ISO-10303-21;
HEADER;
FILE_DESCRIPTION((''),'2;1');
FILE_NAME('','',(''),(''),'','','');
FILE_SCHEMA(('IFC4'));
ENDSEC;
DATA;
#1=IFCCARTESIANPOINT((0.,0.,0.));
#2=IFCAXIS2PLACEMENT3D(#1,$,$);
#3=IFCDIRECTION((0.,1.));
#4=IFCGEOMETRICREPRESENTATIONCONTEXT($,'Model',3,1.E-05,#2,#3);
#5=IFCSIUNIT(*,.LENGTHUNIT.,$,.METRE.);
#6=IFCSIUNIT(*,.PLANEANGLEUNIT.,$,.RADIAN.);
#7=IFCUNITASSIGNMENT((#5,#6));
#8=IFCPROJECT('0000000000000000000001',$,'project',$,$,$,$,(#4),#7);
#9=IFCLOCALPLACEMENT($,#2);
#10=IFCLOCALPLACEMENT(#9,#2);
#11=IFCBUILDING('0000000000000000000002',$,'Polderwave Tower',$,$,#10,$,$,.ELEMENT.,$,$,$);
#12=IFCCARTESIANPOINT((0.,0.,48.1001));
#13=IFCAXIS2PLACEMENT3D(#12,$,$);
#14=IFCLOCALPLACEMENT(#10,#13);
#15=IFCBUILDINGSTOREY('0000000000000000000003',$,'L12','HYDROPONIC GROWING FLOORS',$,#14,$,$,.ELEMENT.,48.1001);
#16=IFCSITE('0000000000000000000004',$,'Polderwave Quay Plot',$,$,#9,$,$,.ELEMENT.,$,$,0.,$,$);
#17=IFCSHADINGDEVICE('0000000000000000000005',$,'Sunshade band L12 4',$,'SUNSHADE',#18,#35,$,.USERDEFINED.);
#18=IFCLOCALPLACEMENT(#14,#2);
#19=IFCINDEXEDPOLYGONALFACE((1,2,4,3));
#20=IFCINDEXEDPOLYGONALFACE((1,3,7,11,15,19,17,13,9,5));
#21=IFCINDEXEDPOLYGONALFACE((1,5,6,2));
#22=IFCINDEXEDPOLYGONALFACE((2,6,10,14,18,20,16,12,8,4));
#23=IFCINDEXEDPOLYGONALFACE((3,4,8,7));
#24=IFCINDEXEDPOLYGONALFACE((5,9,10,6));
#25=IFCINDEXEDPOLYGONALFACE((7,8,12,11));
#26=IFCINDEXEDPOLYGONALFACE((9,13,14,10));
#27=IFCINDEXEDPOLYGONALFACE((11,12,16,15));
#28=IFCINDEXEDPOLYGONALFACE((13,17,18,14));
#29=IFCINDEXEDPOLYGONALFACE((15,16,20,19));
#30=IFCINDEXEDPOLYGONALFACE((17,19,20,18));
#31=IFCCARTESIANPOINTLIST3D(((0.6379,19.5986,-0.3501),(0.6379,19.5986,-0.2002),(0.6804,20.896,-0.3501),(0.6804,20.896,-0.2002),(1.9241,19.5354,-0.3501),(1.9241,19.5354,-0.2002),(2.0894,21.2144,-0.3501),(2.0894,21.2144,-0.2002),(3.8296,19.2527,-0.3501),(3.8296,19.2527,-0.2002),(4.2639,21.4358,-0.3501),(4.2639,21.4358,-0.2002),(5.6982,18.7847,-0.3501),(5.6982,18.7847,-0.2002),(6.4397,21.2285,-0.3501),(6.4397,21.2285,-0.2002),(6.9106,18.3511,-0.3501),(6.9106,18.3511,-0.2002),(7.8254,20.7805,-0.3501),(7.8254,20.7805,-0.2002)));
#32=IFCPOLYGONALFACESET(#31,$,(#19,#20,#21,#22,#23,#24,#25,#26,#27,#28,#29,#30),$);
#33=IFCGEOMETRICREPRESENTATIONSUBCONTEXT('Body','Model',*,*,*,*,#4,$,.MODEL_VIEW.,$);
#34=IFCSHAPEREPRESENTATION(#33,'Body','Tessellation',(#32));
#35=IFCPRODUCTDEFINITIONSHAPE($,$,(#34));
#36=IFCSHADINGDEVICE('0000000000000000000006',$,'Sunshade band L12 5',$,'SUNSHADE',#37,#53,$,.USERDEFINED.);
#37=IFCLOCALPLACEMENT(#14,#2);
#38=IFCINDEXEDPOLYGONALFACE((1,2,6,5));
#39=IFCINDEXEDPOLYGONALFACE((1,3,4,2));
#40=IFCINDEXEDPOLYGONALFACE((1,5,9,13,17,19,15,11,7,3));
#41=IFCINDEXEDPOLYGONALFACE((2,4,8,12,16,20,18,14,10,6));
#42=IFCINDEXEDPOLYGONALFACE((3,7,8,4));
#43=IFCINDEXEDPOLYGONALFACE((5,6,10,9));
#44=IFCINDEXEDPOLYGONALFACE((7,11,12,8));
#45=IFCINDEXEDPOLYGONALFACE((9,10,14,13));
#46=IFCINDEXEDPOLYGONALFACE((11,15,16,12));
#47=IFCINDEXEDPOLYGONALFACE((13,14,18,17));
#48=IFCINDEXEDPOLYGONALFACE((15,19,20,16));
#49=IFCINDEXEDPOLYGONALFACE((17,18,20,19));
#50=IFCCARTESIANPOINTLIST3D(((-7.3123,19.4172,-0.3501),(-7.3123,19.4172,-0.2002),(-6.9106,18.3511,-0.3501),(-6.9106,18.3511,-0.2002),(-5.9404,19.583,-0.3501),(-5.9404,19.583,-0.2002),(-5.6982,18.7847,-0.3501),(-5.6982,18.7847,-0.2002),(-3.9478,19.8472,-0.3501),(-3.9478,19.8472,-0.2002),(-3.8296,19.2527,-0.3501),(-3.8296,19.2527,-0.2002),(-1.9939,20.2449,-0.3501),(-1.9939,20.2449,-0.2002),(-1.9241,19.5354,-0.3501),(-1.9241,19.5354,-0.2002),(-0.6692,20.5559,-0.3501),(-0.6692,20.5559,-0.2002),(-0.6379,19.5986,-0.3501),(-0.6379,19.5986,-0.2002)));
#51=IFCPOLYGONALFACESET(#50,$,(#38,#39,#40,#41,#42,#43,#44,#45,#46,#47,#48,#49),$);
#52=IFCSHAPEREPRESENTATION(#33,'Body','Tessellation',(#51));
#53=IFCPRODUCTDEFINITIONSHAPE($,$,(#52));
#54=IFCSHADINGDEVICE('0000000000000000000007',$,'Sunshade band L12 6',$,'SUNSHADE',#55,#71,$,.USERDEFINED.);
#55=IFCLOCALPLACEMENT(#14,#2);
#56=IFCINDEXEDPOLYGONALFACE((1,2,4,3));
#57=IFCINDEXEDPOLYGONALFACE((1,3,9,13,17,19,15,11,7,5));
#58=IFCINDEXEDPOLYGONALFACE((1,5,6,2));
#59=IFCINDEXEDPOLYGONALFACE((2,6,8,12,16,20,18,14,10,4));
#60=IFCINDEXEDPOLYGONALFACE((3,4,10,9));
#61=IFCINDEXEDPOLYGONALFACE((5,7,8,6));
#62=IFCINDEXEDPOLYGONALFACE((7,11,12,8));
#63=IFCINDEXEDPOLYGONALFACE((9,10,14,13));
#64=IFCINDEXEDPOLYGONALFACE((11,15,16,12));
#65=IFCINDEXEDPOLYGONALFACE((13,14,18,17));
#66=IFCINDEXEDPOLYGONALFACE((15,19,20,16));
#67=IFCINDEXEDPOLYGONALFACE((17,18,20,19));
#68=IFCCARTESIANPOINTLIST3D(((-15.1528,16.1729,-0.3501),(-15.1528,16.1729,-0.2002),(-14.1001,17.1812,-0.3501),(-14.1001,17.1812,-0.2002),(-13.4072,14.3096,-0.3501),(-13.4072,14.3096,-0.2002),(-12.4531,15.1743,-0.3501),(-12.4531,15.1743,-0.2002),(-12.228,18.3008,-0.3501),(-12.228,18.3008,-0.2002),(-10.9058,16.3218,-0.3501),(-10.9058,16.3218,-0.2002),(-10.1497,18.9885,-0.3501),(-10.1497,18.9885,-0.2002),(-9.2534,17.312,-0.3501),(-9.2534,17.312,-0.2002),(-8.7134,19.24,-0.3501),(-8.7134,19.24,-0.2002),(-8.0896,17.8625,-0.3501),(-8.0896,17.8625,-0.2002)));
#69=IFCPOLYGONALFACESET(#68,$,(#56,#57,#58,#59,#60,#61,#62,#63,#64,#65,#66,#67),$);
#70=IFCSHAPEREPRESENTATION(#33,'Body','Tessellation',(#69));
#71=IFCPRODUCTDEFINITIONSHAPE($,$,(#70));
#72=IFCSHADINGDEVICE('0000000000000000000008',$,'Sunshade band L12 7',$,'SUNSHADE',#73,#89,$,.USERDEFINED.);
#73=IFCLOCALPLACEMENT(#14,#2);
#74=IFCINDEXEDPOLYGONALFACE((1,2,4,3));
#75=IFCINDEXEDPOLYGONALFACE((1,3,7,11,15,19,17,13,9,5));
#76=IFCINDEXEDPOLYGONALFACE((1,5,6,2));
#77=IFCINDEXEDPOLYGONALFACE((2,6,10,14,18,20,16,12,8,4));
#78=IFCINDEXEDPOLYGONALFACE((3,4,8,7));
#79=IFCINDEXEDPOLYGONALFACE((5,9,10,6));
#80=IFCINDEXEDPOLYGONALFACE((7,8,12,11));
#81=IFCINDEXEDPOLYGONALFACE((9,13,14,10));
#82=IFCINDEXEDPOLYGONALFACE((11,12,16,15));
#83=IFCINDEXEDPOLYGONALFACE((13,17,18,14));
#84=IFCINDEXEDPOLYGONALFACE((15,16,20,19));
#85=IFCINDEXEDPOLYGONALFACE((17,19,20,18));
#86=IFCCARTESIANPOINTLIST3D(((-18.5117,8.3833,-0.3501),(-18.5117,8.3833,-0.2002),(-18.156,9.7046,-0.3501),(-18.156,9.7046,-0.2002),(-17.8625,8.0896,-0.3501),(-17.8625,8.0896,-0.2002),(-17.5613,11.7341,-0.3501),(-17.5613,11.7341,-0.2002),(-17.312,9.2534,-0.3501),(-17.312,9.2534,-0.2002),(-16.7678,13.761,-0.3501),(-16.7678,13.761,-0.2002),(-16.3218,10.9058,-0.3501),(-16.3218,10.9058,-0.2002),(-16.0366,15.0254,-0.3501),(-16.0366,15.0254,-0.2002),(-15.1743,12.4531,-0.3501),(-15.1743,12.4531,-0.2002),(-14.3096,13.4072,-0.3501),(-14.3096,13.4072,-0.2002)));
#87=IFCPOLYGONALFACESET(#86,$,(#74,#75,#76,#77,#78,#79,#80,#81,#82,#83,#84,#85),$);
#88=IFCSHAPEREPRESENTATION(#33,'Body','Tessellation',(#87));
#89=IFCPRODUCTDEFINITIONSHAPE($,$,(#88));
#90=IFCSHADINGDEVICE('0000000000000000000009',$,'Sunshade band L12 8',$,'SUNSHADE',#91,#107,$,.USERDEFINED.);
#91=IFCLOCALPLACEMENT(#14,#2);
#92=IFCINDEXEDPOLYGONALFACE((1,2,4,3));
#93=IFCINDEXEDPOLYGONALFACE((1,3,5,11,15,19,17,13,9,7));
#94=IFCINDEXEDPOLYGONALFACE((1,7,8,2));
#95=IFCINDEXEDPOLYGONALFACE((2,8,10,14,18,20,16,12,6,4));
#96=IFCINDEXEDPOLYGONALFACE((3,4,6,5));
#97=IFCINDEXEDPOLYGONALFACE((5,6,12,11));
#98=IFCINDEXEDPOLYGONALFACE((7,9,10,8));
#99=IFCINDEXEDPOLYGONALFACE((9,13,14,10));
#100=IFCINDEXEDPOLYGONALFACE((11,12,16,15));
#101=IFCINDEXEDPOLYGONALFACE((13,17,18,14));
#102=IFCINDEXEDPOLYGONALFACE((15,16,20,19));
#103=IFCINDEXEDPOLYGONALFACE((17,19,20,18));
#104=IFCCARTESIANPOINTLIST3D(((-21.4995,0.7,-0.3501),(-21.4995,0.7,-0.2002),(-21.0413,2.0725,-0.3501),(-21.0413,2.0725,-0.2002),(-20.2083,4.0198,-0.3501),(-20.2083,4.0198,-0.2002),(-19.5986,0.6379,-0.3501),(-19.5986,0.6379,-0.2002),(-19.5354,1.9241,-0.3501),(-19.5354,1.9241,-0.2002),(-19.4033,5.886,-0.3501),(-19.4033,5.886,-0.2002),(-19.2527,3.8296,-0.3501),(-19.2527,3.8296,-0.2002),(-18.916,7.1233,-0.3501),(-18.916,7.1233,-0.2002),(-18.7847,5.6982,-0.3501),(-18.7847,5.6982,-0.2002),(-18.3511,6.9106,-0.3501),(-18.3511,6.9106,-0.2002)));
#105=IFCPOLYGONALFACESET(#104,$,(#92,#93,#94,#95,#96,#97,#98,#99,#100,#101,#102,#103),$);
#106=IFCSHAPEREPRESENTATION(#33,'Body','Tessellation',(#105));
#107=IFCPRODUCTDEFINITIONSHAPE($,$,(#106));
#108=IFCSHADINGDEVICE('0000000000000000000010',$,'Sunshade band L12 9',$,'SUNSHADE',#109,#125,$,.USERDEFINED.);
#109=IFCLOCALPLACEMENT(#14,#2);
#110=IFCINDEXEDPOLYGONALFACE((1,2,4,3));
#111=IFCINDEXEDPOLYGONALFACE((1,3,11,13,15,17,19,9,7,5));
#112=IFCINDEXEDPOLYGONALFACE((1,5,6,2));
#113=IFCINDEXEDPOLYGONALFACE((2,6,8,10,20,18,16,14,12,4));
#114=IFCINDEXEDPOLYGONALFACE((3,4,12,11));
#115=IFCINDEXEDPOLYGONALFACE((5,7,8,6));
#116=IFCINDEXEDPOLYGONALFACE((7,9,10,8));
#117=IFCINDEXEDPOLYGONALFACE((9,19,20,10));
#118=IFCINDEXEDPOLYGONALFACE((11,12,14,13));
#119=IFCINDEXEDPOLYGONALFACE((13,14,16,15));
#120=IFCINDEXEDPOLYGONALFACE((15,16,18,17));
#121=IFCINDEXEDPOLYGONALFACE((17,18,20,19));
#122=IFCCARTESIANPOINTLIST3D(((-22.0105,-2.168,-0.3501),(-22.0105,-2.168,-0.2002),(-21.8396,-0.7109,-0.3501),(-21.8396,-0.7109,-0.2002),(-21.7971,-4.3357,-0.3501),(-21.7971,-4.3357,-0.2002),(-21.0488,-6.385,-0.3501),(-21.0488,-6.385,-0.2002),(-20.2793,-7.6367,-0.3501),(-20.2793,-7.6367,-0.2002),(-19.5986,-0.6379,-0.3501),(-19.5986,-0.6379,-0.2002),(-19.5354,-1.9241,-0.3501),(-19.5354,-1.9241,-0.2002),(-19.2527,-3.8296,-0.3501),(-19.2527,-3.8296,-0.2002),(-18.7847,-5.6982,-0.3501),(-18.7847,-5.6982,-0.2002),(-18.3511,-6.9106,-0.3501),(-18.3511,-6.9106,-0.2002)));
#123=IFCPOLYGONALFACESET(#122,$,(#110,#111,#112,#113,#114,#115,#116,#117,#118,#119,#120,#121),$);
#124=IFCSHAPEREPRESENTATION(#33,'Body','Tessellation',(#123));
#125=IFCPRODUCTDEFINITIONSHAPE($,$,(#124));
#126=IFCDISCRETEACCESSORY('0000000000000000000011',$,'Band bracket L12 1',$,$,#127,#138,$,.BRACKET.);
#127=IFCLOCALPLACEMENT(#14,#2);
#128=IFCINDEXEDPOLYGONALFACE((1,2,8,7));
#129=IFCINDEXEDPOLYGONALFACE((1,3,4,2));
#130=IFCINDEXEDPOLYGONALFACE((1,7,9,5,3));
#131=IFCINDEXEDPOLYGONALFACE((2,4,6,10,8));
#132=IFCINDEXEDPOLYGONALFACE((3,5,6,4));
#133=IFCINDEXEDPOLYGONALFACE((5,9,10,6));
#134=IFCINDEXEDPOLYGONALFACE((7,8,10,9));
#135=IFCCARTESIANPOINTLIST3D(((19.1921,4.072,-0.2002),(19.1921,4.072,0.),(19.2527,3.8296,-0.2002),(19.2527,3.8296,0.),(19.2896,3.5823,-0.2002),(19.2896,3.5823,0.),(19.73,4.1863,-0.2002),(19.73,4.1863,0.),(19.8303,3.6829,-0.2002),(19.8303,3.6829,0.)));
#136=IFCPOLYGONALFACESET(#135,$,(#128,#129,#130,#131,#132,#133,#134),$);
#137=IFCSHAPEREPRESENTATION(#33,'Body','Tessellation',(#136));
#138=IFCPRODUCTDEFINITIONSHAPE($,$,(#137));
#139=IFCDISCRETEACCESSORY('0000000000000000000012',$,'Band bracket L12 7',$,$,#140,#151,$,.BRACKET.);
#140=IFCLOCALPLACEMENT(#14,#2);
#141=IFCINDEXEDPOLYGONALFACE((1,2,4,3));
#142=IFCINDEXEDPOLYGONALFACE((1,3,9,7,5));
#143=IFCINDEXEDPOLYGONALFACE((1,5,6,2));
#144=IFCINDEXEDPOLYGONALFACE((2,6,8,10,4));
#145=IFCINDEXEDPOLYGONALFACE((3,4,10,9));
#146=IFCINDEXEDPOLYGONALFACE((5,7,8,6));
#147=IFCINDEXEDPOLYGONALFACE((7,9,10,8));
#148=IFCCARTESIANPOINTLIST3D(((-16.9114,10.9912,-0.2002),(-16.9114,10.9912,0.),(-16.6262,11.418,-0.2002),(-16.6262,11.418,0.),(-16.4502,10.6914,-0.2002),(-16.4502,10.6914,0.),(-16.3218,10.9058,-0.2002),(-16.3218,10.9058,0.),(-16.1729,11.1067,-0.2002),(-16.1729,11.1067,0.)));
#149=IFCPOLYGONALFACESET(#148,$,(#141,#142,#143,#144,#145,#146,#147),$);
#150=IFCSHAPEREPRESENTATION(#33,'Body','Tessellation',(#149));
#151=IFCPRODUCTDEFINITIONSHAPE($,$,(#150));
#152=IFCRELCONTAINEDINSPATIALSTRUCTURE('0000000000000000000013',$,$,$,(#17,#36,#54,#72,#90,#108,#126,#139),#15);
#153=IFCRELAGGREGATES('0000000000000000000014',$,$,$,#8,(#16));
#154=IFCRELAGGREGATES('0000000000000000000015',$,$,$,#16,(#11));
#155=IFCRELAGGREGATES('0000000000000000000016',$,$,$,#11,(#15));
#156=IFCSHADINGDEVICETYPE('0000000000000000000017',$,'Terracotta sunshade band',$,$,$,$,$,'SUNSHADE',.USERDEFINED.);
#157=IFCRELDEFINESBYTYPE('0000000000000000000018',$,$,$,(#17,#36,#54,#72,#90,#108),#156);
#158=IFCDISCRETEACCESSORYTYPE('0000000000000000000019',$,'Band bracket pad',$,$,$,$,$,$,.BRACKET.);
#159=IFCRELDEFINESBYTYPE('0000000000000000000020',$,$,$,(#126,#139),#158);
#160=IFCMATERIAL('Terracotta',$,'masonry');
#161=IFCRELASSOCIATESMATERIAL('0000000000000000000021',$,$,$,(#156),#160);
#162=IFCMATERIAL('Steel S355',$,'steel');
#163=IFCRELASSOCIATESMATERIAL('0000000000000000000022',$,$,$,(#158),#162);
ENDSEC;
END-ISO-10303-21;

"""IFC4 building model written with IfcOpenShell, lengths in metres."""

from ifc_helpers import new_model, si_unit, direction, frame, origin, place, context, subcontext, project, spatial, polyline, outline, extrude, material, type_object, element, save


model = new_model("IFC4")

# Units and contexts
model_context = context("Model", 3, precision=1e-05, world=origin(), true_north=direction((0.0, 1.0)))
body_context = subcontext(model_context, "Body", "Model", "MODEL_VIEW")
ifc_project = project(units=[si_unit("LENGTHUNIT", "METRE"), si_unit("PLANEANGLEUNIT", "RADIAN")], contexts=[model_context])

# Site, building, storey
site_placement = place(None, origin())
site = spatial("IfcSite", under=ifc_project, at=site_placement, Name="Polderwave Quay Plot", CompositionType="ELEMENT", RefElevation=0.0)
building_placement = place(site_placement, origin())
building = spatial("IfcBuilding", under=site, at=building_placement, Name="Polderwave Tower", CompositionType="ELEMENT")
storey_placement = place(building_placement, frame((0.0, 0.0, 48.1001)))
storey = spatial("IfcBuildingStorey", under=building, at=storey_placement, Name="L12", Description="HYDROPONIC GROWING FLOORS", CompositionType="ELEMENT", Elevation=48.1001)

# Shading devices
ifc_material_1 = material(Name="Terracotta", Category="masonry")
shading_device_type = type_object("IfcShadingDeviceType", Name="Terracotta sunshade band", ElementType="SUNSHADE", PredefinedType="USERDEFINED", material=ifc_material_1)
shading_device_1_placement = place(storey_placement, frame((0.0, 0.0, -0.3501)))
element("IfcShadingDevice", 1, at=shading_device_1_placement, inside=storey, type_object=shading_device_type, Name="Sunshade band L12 4", ObjectType="SUNSHADE", PredefinedType="USERDEFINED", context=body_context, shape_type="SweptSolid", body=[
    extrude(outline(polyline([(6.9106, 18.3511), (5.6982, 18.7847), (3.8296, 19.2527), (1.9241, 19.5354), (0.6379, 19.5986), (0.6804, 20.896), (2.0894, 21.2144), (4.2639, 21.4358), (6.4397, 21.2285), (7.8254, 20.7805), (6.9106, 18.3511)])), origin(), (0.0, 0.0, 1.0), 0.1499),
])
shading_device_2_placement = place(storey_placement, frame((0.0, 0.0, -0.3501)))
element("IfcShadingDevice", 2, at=shading_device_2_placement, inside=storey, type_object=shading_device_type, Name="Sunshade band L12 5", ObjectType="SUNSHADE", PredefinedType="USERDEFINED", context=body_context, shape_type="SweptSolid", body=[
    extrude(outline(polyline([(-0.6379, 19.5986), (-1.9241, 19.5354), (-3.8296, 19.2527), (-5.6982, 18.7847), (-6.9106, 18.3511), (-7.3123, 19.4172), (-5.9404, 19.583), (-3.9478, 19.8472), (-1.9939, 20.2449), (-0.6692, 20.5559), (-0.6379, 19.5986)])), origin(), (0.0, 0.0, 1.0), 0.1499),
])
shading_device_3_placement = place(storey_placement, frame((0.0, 0.0, -0.3501)))
element("IfcShadingDevice", 3, at=shading_device_3_placement, inside=storey, type_object=shading_device_type, Name="Sunshade band L12 6", ObjectType="SUNSHADE", PredefinedType="USERDEFINED", context=body_context, shape_type="SweptSolid", body=[
    extrude(outline(polyline([(-8.0896, 17.8625), (-9.2534, 17.312), (-10.9058, 16.3218), (-12.4531, 15.1743), (-13.4072, 14.3096), (-15.1528, 16.1729), (-14.1001, 17.1812), (-12.228, 18.3008), (-10.1497, 18.9885), (-8.7134, 19.24), (-8.0896, 17.8625)])), origin(), (0.0, 0.0, 1.0), 0.1499),
])
shading_device_4_placement = place(storey_placement, frame((0.0, 0.0, -0.3501)))
element("IfcShadingDevice", 4, at=shading_device_4_placement, inside=storey, type_object=shading_device_type, Name="Sunshade band L12 7", ObjectType="SUNSHADE", PredefinedType="USERDEFINED", context=body_context, shape_type="SweptSolid", body=[
    extrude(outline(polyline([(-14.3096, 13.4072), (-15.1743, 12.4531), (-16.3218, 10.9058), (-17.312, 9.2534), (-17.8625, 8.0896), (-18.5117, 8.3833), (-18.156, 9.7046), (-17.5613, 11.7341), (-16.7678, 13.761), (-16.0366, 15.0254), (-14.3096, 13.4072)])), origin(), (0.0, 0.0, 1.0), 0.1499),
])
shading_device_5_placement = place(storey_placement, frame((0.0, 0.0, -0.3501)))
element("IfcShadingDevice", 5, at=shading_device_5_placement, inside=storey, type_object=shading_device_type, Name="Sunshade band L12 8", ObjectType="SUNSHADE", PredefinedType="USERDEFINED", context=body_context, shape_type="SweptSolid", body=[
    extrude(outline(polyline([(-18.3511, 6.9106), (-18.7847, 5.6982), (-19.2527, 3.8296), (-19.5354, 1.9241), (-19.5986, 0.6379), (-21.4995, 0.7), (-21.0413, 2.0725), (-20.2083, 4.0198), (-19.4033, 5.886), (-18.916, 7.1233), (-18.3511, 6.9106)])), origin(), (0.0, 0.0, 1.0), 0.1499),
])
shading_device_6_placement = place(storey_placement, frame((0.0, 0.0, -0.3501)))
element("IfcShadingDevice", 6, at=shading_device_6_placement, inside=storey, type_object=shading_device_type, Name="Sunshade band L12 9", ObjectType="SUNSHADE", PredefinedType="USERDEFINED", context=body_context, shape_type="SweptSolid", body=[
    extrude(outline(polyline([(-19.5986, -0.6379), (-19.5354, -1.9241), (-19.2527, -3.8296), (-18.7847, -5.6982), (-18.3511, -6.9106), (-20.2793, -7.6367), (-21.0488, -6.385), (-21.7971, -4.3357), (-22.0105, -2.168), (-21.8396, -0.7109), (-19.5986, -0.6379)])), origin(), (0.0, 0.0, 1.0), 0.1499),
])

# Discrete accessories
ifc_material_2 = material(Name="Steel S355", Category="steel")
discrete_accessory_type = type_object("IfcDiscreteAccessoryType", Name="Band bracket pad", PredefinedType="BRACKET", material=ifc_material_2)
discrete_accessory_1_placement = place(storey_placement, frame((0.0, 0.0, -0.2002)))
element("IfcDiscreteAccessory", 7, at=discrete_accessory_1_placement, inside=storey, type_object=discrete_accessory_type, Name="Band bracket L12 1", PredefinedType="BRACKET", context=body_context, shape_type="SweptSolid", body=[
    extrude(outline(polyline([(19.2896, 3.5823), (19.2527, 3.8296), (19.1921, 4.072), (19.73, 4.1863), (19.8303, 3.6829), (19.2896, 3.5823)])), origin(), (0.0, 0.0, 1.0), 0.2002),
])
discrete_accessory_2_placement = place(storey_placement, frame((0.0, 0.0, -0.2002)))
element("IfcDiscreteAccessory", 8, at=discrete_accessory_2_placement, inside=storey, type_object=discrete_accessory_type, Name="Band bracket L12 7", PredefinedType="BRACKET", context=body_context, shape_type="SweptSolid", body=[
    extrude(outline(polyline([(-16.1729, 11.1067), (-16.3218, 10.9058), (-16.4502, 10.6914), (-16.9114, 10.9912), (-16.6262, 11.418), (-16.1729, 11.1067)])), origin(), (0.0, 0.0, 1.0), 0.2002),
])

save(model, "model.ifc")
